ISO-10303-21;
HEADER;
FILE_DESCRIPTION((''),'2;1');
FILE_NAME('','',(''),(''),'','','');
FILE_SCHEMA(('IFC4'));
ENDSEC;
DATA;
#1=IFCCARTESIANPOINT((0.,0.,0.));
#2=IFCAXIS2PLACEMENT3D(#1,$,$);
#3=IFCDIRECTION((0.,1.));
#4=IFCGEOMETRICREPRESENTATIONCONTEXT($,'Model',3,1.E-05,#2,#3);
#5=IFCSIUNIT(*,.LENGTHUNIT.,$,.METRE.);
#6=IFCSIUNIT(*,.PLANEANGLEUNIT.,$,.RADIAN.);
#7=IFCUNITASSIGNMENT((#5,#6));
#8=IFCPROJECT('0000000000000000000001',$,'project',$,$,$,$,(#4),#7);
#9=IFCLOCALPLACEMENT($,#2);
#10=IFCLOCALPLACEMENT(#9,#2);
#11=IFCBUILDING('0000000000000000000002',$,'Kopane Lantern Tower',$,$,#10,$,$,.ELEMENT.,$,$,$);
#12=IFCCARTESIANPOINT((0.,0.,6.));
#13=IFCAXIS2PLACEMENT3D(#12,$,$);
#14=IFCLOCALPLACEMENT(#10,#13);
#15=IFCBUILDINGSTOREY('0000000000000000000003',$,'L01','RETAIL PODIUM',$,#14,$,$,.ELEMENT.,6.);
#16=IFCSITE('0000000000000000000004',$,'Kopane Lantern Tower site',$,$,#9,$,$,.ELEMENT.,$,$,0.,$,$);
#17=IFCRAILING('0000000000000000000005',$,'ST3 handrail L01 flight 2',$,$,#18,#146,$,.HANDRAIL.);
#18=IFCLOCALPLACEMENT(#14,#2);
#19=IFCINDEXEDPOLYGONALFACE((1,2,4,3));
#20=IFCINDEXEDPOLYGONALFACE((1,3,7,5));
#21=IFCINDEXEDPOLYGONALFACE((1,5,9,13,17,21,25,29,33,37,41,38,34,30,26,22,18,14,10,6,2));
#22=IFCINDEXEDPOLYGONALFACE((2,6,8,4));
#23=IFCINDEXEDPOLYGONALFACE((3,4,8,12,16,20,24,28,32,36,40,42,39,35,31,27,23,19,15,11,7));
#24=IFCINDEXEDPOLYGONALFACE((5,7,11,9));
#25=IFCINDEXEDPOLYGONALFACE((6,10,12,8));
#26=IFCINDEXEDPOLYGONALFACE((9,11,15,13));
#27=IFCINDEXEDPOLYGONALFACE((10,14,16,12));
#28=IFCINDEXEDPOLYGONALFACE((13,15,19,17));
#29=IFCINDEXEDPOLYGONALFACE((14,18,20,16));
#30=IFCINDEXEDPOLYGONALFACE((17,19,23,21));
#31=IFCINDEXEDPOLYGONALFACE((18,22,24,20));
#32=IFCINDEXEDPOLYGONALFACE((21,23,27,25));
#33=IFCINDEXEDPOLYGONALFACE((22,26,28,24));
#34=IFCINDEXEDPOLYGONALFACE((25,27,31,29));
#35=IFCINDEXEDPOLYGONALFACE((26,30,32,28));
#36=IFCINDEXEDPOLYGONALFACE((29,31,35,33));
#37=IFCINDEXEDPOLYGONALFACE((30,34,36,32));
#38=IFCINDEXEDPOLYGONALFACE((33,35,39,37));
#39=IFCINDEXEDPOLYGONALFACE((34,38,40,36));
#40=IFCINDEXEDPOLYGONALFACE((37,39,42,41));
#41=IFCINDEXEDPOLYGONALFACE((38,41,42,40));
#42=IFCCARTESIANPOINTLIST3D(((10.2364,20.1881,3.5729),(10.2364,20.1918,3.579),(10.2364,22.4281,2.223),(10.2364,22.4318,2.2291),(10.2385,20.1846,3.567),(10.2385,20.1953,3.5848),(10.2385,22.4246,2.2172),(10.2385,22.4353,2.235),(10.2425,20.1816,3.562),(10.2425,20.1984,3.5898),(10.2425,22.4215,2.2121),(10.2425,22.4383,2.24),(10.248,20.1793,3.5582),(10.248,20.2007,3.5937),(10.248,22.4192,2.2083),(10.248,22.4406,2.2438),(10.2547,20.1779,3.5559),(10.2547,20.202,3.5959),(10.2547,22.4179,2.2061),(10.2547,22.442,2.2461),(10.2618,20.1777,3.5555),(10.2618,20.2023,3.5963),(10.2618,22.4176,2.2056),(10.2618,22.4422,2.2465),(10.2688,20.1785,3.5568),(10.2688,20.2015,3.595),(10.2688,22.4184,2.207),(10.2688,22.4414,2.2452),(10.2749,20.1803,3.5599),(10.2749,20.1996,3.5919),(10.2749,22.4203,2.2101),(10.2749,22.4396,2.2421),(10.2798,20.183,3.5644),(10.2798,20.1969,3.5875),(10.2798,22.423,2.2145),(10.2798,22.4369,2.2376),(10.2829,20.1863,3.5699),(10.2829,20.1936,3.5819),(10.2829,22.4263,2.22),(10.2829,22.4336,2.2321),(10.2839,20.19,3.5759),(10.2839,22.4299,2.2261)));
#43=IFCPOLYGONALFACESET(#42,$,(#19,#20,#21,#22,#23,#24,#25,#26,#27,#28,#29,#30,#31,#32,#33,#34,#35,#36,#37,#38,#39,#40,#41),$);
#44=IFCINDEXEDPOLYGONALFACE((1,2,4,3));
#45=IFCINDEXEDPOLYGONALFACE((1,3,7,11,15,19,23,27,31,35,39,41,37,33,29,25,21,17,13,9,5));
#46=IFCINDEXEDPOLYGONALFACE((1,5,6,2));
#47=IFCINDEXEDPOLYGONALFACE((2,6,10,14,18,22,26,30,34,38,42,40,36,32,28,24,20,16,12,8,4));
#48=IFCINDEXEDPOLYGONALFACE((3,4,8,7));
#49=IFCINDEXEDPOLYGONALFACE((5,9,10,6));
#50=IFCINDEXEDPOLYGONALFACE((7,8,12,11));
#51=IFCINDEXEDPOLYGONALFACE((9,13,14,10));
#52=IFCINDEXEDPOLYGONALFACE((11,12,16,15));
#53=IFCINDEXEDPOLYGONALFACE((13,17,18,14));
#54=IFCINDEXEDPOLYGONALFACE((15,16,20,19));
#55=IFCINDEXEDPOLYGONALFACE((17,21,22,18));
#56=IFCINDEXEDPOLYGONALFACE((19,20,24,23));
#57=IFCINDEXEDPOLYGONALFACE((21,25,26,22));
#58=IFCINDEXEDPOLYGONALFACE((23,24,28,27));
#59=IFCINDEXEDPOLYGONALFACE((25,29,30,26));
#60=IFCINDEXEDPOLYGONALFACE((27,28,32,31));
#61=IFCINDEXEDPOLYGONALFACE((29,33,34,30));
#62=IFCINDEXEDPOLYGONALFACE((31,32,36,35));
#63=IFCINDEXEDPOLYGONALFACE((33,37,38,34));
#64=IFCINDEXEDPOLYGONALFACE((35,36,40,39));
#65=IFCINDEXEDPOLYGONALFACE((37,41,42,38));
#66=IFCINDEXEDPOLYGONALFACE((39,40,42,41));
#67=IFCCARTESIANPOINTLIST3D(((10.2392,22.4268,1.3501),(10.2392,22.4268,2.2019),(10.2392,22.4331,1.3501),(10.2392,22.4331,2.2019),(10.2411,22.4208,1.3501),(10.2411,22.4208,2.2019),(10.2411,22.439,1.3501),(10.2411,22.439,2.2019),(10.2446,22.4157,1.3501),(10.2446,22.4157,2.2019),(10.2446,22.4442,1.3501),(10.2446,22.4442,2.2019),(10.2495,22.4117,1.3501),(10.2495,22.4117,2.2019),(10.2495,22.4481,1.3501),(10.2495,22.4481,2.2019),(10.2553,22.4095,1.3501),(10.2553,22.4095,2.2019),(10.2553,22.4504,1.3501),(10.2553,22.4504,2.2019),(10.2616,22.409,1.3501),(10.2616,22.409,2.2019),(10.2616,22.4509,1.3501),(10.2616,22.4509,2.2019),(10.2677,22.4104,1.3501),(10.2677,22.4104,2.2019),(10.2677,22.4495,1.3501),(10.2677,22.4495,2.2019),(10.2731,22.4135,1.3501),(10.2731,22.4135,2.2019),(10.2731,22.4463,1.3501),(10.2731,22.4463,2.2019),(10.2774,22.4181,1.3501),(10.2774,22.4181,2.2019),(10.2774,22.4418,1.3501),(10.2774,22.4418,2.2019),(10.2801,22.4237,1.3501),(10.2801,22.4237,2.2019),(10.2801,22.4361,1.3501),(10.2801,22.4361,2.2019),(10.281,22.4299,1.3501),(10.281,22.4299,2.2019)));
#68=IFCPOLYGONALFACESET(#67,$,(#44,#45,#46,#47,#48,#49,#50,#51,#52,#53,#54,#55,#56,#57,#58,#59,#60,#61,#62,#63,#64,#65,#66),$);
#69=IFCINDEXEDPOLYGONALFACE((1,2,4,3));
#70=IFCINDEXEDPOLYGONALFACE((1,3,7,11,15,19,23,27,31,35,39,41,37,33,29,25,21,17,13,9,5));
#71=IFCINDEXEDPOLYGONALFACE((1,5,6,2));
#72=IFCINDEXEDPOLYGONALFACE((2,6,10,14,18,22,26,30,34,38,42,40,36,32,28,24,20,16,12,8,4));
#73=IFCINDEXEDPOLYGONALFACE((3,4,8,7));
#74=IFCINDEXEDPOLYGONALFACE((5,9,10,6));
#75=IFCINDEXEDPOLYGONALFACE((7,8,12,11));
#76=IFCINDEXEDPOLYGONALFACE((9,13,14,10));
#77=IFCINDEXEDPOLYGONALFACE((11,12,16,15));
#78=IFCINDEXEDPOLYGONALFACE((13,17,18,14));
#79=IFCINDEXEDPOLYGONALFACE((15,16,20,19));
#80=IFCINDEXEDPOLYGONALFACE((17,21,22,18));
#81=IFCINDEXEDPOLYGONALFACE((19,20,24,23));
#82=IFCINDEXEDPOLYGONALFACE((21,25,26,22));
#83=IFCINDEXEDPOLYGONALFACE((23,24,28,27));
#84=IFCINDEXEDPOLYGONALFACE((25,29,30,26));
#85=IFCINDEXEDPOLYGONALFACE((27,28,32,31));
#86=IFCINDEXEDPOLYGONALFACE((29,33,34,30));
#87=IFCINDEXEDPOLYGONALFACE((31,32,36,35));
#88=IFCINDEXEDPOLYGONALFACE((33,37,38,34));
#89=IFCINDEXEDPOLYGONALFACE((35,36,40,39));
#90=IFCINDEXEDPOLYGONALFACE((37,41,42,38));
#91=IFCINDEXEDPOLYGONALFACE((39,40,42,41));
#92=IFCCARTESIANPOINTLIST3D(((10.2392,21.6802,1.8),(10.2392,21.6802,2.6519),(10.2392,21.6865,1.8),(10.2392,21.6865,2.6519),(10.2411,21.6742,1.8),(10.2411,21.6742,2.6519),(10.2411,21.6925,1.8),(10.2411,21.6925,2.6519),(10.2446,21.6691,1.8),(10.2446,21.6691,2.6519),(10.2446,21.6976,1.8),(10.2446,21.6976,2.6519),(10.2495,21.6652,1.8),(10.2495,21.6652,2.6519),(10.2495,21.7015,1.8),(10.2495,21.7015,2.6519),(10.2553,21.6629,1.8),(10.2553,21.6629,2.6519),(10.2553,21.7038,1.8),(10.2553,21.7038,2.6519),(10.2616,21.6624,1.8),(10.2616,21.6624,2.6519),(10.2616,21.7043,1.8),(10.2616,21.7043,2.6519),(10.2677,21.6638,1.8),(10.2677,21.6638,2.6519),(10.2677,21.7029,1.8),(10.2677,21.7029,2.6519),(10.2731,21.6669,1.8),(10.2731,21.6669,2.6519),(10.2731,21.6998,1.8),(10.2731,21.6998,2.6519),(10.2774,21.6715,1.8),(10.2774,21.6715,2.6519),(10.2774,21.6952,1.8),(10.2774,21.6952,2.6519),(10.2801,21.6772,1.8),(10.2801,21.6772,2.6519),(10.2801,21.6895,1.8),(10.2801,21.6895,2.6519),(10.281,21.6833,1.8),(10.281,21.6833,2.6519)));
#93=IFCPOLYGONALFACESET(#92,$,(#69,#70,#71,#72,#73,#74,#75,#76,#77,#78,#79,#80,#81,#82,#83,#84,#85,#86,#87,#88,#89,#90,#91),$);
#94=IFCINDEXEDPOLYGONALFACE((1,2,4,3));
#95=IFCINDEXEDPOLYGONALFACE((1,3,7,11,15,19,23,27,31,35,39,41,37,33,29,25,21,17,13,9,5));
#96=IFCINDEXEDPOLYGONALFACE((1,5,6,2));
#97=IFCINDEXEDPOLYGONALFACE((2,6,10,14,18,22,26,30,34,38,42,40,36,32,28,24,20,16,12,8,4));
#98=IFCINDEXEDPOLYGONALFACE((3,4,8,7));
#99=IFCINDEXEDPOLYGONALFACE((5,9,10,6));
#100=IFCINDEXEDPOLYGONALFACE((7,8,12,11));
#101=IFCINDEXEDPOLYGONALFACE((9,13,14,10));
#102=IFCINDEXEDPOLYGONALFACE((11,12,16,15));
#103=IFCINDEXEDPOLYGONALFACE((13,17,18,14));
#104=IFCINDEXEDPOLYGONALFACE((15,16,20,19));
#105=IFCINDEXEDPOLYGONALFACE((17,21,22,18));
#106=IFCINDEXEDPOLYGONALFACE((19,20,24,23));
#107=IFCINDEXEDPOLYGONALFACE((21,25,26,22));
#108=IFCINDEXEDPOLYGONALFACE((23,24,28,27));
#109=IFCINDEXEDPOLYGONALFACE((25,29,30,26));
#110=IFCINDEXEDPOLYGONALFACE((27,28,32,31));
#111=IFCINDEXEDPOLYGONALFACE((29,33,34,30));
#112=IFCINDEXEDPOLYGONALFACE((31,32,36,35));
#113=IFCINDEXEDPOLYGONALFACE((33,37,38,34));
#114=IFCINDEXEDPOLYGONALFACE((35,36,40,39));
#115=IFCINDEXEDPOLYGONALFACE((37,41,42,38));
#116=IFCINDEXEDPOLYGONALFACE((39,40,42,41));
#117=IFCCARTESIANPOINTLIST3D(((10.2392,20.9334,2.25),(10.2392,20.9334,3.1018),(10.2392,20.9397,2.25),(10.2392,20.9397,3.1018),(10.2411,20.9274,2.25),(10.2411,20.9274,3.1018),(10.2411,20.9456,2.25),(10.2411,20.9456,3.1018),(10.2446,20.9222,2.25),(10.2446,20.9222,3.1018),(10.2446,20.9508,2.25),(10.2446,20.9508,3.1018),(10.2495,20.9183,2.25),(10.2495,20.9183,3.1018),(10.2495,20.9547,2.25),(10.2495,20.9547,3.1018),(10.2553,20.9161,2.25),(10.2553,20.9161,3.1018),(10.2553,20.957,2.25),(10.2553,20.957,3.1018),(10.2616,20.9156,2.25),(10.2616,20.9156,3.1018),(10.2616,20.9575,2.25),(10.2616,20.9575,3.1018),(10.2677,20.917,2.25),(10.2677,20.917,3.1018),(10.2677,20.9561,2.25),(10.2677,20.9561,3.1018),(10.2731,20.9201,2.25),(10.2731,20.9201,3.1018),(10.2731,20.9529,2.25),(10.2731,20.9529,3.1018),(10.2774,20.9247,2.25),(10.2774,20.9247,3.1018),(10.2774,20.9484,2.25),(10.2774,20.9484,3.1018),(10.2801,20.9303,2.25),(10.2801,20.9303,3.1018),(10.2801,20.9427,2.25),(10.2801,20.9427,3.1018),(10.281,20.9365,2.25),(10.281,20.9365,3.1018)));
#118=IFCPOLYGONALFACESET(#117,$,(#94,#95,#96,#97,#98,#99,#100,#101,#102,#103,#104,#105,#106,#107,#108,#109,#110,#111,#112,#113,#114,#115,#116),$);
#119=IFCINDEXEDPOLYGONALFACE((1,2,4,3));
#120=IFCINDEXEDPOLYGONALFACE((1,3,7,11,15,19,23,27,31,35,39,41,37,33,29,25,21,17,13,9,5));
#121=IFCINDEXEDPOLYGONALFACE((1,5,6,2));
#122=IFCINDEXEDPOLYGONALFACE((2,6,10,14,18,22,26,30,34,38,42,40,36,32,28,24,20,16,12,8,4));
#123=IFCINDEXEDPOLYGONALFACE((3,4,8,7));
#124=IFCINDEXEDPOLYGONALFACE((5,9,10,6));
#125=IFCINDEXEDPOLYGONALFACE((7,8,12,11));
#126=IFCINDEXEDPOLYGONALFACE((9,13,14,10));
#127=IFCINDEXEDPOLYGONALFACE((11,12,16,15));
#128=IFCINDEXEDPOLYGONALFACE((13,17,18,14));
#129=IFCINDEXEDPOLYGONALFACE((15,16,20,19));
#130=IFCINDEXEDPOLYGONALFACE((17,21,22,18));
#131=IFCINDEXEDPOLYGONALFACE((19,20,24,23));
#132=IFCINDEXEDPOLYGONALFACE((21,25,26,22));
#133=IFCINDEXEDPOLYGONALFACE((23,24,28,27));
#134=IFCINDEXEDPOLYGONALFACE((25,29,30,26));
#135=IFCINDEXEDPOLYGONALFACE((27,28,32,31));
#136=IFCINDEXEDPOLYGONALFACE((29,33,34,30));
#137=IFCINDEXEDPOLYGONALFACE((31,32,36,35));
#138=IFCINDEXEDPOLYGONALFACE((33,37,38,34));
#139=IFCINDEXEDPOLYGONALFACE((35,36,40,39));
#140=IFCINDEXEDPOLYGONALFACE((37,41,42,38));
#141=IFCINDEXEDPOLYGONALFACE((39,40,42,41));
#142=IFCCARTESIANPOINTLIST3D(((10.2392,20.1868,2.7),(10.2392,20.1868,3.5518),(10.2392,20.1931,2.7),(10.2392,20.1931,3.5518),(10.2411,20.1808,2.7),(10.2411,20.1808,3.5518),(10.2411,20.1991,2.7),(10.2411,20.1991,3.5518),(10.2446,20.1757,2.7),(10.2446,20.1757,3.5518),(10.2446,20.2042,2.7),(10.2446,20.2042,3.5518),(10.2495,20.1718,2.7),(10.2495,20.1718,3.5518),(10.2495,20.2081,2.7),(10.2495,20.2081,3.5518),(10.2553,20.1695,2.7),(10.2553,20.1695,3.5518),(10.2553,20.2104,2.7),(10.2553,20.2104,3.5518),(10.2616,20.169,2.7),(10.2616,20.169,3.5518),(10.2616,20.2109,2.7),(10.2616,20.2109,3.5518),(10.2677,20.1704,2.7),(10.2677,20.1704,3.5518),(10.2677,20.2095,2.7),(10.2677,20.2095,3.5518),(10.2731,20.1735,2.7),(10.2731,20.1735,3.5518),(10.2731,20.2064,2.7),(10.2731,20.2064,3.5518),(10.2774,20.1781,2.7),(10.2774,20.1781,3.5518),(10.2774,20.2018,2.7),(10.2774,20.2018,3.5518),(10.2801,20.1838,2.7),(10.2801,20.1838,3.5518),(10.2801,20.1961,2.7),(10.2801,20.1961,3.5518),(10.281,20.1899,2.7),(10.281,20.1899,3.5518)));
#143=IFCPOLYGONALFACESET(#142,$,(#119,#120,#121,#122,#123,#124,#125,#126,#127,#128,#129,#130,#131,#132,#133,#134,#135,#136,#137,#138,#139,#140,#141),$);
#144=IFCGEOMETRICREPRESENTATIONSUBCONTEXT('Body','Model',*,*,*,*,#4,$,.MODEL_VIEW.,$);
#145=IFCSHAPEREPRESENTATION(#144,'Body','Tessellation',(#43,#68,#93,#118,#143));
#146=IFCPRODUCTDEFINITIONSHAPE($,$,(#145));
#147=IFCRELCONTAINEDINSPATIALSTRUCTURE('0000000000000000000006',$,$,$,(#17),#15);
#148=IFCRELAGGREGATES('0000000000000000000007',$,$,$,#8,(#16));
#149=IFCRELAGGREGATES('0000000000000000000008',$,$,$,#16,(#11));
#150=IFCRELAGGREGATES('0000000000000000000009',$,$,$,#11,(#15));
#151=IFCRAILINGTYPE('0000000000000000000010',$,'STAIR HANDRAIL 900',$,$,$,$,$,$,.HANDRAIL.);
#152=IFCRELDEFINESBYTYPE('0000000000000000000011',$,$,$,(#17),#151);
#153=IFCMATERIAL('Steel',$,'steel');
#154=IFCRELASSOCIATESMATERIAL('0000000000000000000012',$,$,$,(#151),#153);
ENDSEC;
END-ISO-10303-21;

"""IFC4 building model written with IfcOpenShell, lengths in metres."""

from ifc_helpers import new_model, si_unit, direction, frame, origin, origin_2d, place, context, subcontext, project, spatial, circle, extrude, material, type_object, element, save


model = new_model("IFC4")

# Units and contexts
model_context = context("Model", 3, precision=1e-05, world=origin(), true_north=direction((0.0, 1.0)))
body_context = subcontext(model_context, "Body", "Model", "MODEL_VIEW")
ifc_project = project(units=[si_unit("LENGTHUNIT", "METRE"), si_unit("PLANEANGLEUNIT", "RADIAN")], contexts=[model_context])

# Site, building, storey
site_placement = place(None, origin())
site = spatial("IfcSite", under=ifc_project, at=site_placement, Name="Kopane Lantern Tower site", CompositionType="ELEMENT", RefElevation=0.0)
building_placement = place(site_placement, origin())
building = spatial("IfcBuilding", under=site, at=building_placement, Name="Kopane Lantern Tower", CompositionType="ELEMENT")
storey_placement = place(building_placement, frame((0.0, 0.0, 6.0)))
storey = spatial("IfcBuildingStorey", under=building, at=storey_placement, Name="L01", Description="RETAIL PODIUM", CompositionType="ELEMENT", Elevation=6.0)

# Railing
ifc_material_1 = material(Name="Steel", Category="steel")
railing_type_1 = type_object("IfcRailingType", Name="STAIR HANDRAIL 900", PredefinedType="HANDRAIL", material=ifc_material_1)
for number, where, name in (
    (1, (10.26, 22.4299, 1.3501), "ST3 handrail L01 flight 2"),
):
    element("IfcRailing", number, at=place(storey_placement, frame(where)), inside=storey, type_object=railing_type_1, Name=name, PredefinedType="HANDRAIL", context=body_context, shape_type="SweptSolid", body=[
        extrude(circle(Radius=0.0239, at=origin_2d()), frame((0.0, 0.0, 0.876), z_axis=(0.0, -0.856503, 0.516142), x_axis=(1.0, 0.0, 0.0)), (0.0, 0.0, 1.0), 2.6152),
        extrude(circle(Radius=0.021, at=origin_2d()), origin(), (0.0, 0.0, 1.0), 0.8518),
        extrude(circle(Radius=0.021, at=origin_2d()), frame((0.0, -0.7466, 0.45)), (0.0, 0.0, 1.0), 0.8518),
        extrude(circle(Radius=0.021, at=origin_2d()), frame((0.0, -1.4934, 0.8999)), (0.0, 0.0, 1.0), 0.8518),
        extrude(circle(Radius=0.021, at=origin_2d()), frame((0.0, -2.24, 1.3499)), (0.0, 0.0, 1.0), 0.8518),
    ])

save(model, "model.ifc")
